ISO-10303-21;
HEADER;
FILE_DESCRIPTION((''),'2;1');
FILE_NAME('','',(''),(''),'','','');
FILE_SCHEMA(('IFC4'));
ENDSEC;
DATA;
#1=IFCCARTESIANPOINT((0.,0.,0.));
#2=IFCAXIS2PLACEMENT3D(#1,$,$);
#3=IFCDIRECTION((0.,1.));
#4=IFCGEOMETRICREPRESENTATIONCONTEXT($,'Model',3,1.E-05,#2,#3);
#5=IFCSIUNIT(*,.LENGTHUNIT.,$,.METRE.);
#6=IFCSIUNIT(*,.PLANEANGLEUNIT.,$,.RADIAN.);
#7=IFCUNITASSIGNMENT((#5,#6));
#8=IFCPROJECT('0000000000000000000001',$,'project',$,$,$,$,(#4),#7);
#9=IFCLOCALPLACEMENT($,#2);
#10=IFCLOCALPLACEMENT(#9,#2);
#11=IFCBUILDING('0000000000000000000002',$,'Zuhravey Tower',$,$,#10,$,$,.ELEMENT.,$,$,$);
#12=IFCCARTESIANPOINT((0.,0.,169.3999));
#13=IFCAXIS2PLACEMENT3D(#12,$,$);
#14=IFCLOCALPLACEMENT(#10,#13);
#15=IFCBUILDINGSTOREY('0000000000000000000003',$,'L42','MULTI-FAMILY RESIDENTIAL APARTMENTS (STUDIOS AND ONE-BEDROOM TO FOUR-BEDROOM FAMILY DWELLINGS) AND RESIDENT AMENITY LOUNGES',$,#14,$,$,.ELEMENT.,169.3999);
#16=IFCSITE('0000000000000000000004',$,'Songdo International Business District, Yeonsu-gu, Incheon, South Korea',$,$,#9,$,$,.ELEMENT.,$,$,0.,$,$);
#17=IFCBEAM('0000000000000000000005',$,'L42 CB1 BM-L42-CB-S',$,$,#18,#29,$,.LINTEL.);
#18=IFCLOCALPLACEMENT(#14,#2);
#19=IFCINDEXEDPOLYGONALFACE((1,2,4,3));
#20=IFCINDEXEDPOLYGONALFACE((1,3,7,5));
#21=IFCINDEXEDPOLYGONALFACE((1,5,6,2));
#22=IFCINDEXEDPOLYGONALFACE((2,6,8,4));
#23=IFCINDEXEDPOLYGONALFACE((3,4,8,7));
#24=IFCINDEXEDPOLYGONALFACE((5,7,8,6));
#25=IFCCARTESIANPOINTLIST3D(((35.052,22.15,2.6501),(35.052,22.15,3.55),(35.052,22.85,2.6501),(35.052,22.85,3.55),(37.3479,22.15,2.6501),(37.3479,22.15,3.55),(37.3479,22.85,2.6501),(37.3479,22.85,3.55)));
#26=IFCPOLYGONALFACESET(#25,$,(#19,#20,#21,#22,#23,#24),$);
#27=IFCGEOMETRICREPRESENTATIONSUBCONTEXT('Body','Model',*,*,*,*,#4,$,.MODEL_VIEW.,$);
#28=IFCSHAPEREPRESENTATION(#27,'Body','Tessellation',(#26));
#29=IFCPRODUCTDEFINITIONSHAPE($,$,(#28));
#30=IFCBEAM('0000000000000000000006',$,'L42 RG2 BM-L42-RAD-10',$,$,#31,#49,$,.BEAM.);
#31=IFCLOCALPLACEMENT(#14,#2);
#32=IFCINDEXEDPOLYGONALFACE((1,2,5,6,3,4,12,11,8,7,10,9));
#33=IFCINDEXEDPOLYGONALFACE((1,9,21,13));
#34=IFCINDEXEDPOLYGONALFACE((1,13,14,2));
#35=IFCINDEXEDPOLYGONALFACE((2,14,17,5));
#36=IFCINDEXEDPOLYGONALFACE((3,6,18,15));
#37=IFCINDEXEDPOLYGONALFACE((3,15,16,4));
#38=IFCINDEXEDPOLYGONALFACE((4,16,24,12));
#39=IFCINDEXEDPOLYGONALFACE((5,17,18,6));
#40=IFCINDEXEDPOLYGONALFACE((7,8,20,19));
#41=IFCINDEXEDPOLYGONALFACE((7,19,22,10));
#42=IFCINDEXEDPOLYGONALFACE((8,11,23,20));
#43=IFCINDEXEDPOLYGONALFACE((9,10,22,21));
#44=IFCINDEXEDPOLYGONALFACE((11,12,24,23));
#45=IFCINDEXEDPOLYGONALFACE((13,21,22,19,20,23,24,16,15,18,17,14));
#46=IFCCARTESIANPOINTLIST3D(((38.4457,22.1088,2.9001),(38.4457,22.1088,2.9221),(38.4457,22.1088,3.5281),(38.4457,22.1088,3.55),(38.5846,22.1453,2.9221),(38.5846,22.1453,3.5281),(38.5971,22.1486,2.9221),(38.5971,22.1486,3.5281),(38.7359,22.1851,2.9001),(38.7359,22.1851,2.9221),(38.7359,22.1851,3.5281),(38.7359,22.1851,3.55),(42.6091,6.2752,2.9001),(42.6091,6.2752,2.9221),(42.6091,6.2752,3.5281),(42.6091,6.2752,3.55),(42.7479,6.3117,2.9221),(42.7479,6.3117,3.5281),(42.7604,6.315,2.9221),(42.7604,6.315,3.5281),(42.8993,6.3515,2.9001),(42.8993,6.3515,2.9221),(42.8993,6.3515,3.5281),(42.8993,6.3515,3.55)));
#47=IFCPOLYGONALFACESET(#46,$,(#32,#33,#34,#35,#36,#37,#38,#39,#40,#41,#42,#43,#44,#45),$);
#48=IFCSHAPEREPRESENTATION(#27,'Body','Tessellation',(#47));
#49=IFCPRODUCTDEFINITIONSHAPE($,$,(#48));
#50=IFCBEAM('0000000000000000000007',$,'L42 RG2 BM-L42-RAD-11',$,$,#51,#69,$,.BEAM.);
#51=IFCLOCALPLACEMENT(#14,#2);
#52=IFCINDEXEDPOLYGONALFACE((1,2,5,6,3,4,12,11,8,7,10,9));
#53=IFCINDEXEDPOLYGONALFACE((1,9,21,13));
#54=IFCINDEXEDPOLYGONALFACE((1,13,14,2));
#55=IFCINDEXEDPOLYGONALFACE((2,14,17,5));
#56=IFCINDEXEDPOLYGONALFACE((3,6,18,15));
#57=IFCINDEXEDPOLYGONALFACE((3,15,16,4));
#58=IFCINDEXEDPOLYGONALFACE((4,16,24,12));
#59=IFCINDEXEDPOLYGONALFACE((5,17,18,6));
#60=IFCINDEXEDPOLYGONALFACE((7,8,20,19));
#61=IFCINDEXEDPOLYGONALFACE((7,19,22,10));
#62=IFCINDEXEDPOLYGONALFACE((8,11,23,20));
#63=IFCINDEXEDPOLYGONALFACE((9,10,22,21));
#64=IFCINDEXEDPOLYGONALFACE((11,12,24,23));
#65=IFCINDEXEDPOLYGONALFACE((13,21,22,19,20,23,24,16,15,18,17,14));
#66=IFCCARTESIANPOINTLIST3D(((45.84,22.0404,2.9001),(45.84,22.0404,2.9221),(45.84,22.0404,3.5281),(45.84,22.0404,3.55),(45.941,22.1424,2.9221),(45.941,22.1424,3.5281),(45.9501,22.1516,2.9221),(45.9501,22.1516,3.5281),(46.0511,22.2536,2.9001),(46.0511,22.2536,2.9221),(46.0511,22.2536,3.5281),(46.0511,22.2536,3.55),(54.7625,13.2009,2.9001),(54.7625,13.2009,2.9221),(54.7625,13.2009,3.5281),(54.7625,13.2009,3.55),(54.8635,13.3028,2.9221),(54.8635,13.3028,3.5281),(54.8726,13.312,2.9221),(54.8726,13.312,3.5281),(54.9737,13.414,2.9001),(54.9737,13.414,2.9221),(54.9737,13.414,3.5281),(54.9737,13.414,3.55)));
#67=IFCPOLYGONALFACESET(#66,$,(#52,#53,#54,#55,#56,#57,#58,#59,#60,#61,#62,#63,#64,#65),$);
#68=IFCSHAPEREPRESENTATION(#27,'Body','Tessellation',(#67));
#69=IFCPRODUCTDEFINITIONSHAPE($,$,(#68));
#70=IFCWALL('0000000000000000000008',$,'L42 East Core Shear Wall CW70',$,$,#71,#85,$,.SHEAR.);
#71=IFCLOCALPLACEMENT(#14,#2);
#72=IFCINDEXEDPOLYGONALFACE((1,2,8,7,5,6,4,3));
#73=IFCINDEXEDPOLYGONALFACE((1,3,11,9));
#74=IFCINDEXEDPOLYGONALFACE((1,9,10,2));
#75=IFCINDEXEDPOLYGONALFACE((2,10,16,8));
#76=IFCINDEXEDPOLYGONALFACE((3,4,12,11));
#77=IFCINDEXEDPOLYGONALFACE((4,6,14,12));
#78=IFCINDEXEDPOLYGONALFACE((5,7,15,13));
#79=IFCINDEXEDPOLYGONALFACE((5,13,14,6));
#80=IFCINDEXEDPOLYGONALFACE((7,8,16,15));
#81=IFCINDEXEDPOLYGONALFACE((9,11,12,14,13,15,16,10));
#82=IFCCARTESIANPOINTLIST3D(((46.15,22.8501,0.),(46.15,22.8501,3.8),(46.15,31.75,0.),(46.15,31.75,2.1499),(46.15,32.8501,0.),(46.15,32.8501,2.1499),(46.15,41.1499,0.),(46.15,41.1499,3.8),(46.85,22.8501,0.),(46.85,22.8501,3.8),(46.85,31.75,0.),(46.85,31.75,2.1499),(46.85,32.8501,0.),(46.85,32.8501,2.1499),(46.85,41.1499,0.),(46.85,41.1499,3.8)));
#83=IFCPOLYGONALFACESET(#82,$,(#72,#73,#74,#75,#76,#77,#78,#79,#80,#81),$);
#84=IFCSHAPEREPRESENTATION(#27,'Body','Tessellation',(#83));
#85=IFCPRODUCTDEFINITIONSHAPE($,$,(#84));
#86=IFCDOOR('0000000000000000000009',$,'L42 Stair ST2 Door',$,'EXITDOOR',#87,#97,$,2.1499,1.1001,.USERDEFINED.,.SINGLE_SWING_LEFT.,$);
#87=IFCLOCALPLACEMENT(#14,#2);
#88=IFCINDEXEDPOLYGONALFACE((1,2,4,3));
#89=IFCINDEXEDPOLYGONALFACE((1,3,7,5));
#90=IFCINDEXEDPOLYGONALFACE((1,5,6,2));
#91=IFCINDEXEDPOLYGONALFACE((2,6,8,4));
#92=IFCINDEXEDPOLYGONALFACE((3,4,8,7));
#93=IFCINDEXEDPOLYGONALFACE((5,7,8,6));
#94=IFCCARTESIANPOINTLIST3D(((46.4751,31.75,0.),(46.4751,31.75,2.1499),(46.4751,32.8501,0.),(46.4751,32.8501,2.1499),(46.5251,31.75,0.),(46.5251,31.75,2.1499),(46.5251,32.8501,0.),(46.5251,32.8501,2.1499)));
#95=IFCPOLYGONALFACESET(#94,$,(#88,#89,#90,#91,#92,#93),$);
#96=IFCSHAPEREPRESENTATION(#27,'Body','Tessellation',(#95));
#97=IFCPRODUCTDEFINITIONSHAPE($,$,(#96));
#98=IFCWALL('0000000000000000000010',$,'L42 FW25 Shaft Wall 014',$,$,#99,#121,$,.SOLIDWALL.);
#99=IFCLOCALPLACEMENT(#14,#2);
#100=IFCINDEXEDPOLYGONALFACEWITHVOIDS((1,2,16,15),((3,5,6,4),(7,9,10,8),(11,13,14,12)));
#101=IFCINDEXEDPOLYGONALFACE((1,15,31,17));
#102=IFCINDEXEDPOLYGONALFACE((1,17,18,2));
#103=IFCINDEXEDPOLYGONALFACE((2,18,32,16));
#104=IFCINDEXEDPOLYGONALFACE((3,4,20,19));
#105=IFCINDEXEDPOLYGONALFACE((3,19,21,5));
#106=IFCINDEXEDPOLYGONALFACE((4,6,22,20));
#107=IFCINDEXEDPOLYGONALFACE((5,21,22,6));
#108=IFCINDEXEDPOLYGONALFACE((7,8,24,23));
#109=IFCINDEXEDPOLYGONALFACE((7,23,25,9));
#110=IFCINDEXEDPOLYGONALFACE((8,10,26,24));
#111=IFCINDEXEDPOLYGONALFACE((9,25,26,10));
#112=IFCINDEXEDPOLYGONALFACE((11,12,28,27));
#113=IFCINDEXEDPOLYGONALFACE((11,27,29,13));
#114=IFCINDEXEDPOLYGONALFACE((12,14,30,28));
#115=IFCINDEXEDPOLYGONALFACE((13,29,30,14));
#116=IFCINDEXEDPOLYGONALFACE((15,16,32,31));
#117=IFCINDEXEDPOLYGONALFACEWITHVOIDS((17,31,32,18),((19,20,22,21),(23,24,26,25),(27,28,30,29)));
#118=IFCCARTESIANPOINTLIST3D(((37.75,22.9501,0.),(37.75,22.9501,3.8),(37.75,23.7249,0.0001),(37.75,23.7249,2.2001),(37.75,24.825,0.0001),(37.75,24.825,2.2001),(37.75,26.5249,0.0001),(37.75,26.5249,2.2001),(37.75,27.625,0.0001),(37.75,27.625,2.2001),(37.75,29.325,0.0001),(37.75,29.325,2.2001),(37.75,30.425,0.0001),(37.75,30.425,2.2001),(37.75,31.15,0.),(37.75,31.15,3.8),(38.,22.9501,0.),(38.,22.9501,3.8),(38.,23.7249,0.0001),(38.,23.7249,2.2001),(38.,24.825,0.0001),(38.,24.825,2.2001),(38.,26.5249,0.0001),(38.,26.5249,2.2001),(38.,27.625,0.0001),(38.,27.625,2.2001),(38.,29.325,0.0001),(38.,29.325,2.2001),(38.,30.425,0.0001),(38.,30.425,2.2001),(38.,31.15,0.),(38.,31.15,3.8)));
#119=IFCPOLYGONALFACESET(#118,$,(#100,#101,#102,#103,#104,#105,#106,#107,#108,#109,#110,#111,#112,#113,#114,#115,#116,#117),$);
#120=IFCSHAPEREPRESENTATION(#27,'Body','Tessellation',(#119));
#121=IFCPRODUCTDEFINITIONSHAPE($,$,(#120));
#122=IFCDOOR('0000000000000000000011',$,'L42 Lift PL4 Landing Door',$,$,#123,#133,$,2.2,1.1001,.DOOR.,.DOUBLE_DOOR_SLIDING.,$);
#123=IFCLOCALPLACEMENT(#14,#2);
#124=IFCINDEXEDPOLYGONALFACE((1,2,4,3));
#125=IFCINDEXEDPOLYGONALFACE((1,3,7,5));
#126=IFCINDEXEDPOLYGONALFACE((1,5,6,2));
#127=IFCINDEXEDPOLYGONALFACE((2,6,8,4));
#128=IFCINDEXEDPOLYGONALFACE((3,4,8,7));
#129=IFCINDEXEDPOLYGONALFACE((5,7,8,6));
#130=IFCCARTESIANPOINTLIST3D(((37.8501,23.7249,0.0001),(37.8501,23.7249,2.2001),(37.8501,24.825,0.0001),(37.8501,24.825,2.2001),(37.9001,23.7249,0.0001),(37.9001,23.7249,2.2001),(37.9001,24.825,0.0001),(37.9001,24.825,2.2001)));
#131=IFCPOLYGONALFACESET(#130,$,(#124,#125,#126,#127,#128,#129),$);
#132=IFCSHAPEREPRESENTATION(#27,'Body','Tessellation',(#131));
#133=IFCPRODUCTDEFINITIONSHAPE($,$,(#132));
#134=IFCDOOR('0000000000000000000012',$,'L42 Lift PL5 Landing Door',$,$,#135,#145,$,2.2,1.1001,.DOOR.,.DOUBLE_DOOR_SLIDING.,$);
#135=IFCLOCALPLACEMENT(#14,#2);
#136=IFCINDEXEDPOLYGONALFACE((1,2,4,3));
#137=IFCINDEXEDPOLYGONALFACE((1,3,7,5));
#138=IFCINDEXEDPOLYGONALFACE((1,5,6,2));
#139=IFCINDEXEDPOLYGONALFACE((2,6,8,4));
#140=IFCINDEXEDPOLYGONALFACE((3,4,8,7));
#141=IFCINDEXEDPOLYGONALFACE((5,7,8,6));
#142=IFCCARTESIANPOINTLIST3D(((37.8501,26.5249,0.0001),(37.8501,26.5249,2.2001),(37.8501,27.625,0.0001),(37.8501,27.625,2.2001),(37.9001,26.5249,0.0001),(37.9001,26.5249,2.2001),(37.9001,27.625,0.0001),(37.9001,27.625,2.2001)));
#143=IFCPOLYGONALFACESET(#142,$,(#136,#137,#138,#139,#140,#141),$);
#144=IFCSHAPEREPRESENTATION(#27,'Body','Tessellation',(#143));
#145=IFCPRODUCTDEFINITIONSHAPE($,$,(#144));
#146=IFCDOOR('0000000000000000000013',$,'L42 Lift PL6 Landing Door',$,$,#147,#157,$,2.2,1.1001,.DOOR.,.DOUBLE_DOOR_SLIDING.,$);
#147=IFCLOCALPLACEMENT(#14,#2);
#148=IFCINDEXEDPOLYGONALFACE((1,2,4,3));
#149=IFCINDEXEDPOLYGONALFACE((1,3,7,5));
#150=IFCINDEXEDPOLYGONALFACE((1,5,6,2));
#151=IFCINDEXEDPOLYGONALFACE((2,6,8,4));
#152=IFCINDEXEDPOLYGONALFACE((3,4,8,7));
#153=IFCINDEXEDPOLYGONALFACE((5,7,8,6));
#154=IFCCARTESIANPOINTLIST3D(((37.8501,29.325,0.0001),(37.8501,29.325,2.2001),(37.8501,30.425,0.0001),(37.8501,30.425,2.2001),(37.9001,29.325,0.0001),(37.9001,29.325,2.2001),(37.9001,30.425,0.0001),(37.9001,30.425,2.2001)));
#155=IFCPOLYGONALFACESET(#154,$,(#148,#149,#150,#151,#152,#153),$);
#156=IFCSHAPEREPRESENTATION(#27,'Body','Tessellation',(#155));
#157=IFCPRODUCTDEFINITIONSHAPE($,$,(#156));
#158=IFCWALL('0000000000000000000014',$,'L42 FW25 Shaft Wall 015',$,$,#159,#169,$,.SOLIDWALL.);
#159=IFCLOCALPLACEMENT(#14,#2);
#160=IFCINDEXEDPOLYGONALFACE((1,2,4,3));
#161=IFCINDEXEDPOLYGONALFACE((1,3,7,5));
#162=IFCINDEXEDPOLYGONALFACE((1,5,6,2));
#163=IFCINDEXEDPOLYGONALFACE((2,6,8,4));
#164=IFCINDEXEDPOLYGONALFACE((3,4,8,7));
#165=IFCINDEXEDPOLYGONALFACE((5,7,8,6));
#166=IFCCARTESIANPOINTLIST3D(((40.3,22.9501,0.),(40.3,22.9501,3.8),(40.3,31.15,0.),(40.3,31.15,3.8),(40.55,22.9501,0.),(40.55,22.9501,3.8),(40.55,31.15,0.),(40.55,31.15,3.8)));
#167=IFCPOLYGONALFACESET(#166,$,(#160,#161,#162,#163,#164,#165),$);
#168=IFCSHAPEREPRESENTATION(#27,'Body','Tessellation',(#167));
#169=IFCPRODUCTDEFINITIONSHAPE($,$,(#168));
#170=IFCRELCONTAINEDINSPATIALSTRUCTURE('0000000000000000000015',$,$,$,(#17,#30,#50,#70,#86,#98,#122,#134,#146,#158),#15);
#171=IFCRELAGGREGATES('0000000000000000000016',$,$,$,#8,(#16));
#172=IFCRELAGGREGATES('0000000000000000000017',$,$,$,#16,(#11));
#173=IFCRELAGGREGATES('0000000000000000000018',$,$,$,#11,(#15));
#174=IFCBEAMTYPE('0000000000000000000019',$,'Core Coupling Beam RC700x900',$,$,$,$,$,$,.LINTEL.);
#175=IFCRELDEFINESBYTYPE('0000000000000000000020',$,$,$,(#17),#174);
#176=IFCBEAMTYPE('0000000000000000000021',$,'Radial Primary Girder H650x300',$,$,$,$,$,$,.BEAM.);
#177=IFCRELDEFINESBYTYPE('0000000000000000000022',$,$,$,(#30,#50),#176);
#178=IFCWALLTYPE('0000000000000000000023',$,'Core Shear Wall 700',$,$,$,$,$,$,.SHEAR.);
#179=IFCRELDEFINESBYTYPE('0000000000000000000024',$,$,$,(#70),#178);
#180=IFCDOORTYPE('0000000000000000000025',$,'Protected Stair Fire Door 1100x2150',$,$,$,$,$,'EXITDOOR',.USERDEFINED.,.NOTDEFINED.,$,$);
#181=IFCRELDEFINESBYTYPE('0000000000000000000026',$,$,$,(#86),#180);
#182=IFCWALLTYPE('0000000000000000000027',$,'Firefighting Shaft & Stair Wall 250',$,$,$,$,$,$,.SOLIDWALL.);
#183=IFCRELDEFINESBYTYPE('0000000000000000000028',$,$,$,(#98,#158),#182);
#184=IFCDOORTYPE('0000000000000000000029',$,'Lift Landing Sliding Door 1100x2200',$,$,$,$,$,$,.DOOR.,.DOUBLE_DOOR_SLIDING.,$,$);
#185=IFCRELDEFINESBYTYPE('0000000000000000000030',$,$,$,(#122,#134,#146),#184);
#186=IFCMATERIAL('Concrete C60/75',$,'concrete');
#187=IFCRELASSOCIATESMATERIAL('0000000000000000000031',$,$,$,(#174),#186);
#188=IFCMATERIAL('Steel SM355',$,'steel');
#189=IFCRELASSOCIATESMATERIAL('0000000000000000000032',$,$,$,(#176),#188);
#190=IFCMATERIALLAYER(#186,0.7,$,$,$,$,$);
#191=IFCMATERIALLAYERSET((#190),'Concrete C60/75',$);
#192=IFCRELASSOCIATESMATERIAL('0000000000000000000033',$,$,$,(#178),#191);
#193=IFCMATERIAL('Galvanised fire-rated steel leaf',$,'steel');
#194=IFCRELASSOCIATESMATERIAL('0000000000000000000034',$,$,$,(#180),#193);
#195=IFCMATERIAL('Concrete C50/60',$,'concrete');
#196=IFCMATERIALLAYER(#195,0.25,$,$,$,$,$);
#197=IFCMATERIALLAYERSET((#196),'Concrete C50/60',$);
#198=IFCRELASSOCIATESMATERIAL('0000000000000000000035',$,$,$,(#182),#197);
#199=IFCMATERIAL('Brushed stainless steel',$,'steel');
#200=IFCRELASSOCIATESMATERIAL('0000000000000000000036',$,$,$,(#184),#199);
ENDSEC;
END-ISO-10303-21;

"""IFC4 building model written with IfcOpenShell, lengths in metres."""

from ifc_helpers import new_model, si_unit, direction, frame, frame_2d, origin, origin_2d, place, context, subcontext, project, spatial, rectangle, i_section, extrude, material, layer, layer_set, material_profile, profile_set, type_object, element, fill, save


model = new_model("IFC4")

# Units and contexts
model_context = context("Model", 3, precision=1e-05, world=origin(), true_north=direction((0.0, 1.0)))
body_context = subcontext(model_context, "Body", "Model", "MODEL_VIEW")
ifc_project = project(units=[si_unit("LENGTHUNIT", "METRE"), si_unit("PLANEANGLEUNIT", "RADIAN")], contexts=[model_context])

# Site, building, storey
site_placement = place(None, origin())
site = spatial("IfcSite", under=ifc_project, at=site_placement, Name="Songdo International Business District, Yeonsu-gu, Incheon, South Korea", CompositionType="ELEMENT", RefElevation=0.0)
building_placement = place(site_placement, origin())
building = spatial("IfcBuilding", under=site, at=building_placement, Name="Zuhravey Tower", CompositionType="ELEMENT")
storey_placement = place(building_placement, frame((0.0, 0.0, 169.3999)))
storey = spatial("IfcBuildingStorey", under=building, at=storey_placement, Name="L42", Description="MULTI-FAMILY RESIDENTIAL APARTMENTS (STUDIOS AND ONE-BEDROOM TO FOUR-BEDROOM FAMILY DWELLINGS) AND RESIDENT AMENITY LOUNGES", CompositionType="ELEMENT", Elevation=169.3999)

# Beams
ifc_material_1 = material(Name="Concrete C60/75", Category="concrete")
ifc_material_profile_1 = material_profile(ifc_material_1, rectangle(XDim=0.7, YDim=0.8999, at=origin_2d()), Name="RC-700x900")
ifc_profile_set_1 = profile_set([ifc_material_profile_1], Name="Concrete C60/75")
beam_type_1 = type_object("IfcBeamType", Name="Core Coupling Beam RC700x900", PredefinedType="LINTEL", material=ifc_profile_set_1)
beam_1_placement = place(storey_placement, frame((35.052, 22.5, 3.1001), z_axis=(1.0, 0.0, 0.0), x_axis=(0.0, 1.0, 0.0)))
element("IfcBeam", 1, at=beam_1_placement, inside=storey, type_object=beam_type_1, Name="L42 CB1 BM-L42-CB-S", PredefinedType="LINTEL", context=body_context, shape_type="SweptSolid", body=[
    extrude(rectangle(XDim=0.7, YDim=0.8999, at=origin_2d()), origin(), (0.0, 0.0, 1.0), 2.2959),
])
ifc_material_2 = material(Name="Steel SM355", Category="steel")
ifc_material_profile_2 = material_profile(ifc_material_2, i_section(OverallWidth=0.3, OverallDepth=0.6499, WebThickness=0.0129, FlangeThickness=0.022, at=origin_2d()), Name="H-650x300x13x22")
ifc_profile_set_2 = profile_set([ifc_material_profile_2], Name="Steel SM355")
beam_type_2 = type_object("IfcBeamType", Name="Radial Primary Girder H650x300", PredefinedType="BEAM", material=ifc_profile_set_2)
beam_2_placement = place(storey_placement, frame((38.5908, 22.147, 3.2251), z_axis=(0.2543, -0.967125, 0.0), x_axis=(0.967125, 0.2543, 0.0)))
element("IfcBeam", 2, at=beam_2_placement, inside=storey, type_object=beam_type_2, Name="L42 RG2 BM-L42-RAD-10", PredefinedType="BEAM", context=body_context, shape_type="SweptSolid", body=[
    extrude(i_section(OverallWidth=0.3, OverallDepth=0.6499, WebThickness=0.0129, FlangeThickness=0.022, at=origin_2d()), origin(), (0.0, 0.0, 1.0), 16.3718),
])
beam_3_placement = place(storey_placement, frame((45.9456, 22.147, 3.2251), z_axis=(0.710404, -0.703795, 0.0), x_axis=(0.703795, 0.710404, 0.0)))
element("IfcBeam", 3, at=beam_3_placement, inside=storey, type_object=beam_type_2, Name="L42 RG2 BM-L42-RAD-11", PredefinedType="BEAM", context=body_context, shape_type="SweptSolid", body=[
    extrude(i_section(OverallWidth=0.3, OverallDepth=0.6499, WebThickness=0.0129, FlangeThickness=0.022, at=origin_2d()), origin(), (0.0, 0.0, 1.0), 12.5598),
])

# Wall, opening, door
ifc_layer_1 = layer(ifc_material_1, 0.7)
ifc_layer_set_1 = layer_set([ifc_layer_1], Name="Concrete C60/75")
wall_type_1 = type_object("IfcWallType", Name="Core Shear Wall 700", PredefinedType="SHEAR", material=ifc_layer_set_1)
ifc_material_3 = material(Name="Galvanised fire-rated steel leaf", Category="steel")
wall_1_placement = place(storey_placement, frame((46.5, 22.8501, 0.0), z_axis=(0.0, 0.0, 1.0), x_axis=(0.0, 1.0, 0.0)))
wall_1 = element("IfcWall", 4, at=wall_1_placement, inside=storey, type_object=wall_type_1, Name="L42 East Core Shear Wall CW70", PredefinedType="SHEAR", context=body_context, shape_type="SweptSolid", body=[
    extrude(rectangle(XDim=18.2998, YDim=0.7, at=frame_2d((9.1499, 0.0))), origin(), (0.0, 0.0, 1.0), 3.8),
])
opening_1_placement = place(wall_1_placement, frame((8.8999, 0.0, 0.0)))
opening_1 = element("IfcOpeningElement", 5, at=opening_1_placement, cuts=wall_1, PredefinedType="OPENING", context=body_context, shape_type="SweptSolid", body=[
    extrude(rectangle(XDim=1.1001, YDim=2.1499, at=frame_2d((0.55, 1.075))), frame((0.0, 0.3621, 0.0), z_axis=(0.0, -1.0, 0.0), x_axis=(1.0, 0.0, 0.0)), (0.0, 0.0, 1.0), 0.7239),
])
door_type_1 = type_object("IfcDoorType", Name="Protected Stair Fire Door 1100x2150", ElementType="EXITDOOR", OperationType="NOTDEFINED", PredefinedType="USERDEFINED", material=ifc_material_3)
door_1_placement = place(opening_1_placement, origin())
door_1 = element("IfcDoor", 6, at=door_1_placement, inside=storey, type_object=door_type_1, Name="L42 Stair ST2 Door", ObjectType="EXITDOOR", OperationType="SINGLE_SWING_LEFT", OverallHeight=2.1499, OverallWidth=1.1001, PredefinedType="USERDEFINED", context=body_context, shape_type="SweptSolid", body=[
    extrude(rectangle(XDim=1.1001, YDim=2.1499, at=frame_2d((0.55, 1.075))), frame((0.0, 0.0249, 0.0), z_axis=(0.0, -1.0, 0.0), x_axis=(1.0, 0.0, 0.0)), (0.0, 0.0, 1.0), 0.05),
])
fill(opening_1, door_1)
ifc_material_4 = material(Name="Concrete C50/60", Category="concrete")
ifc_layer_2 = layer(ifc_material_4, 0.25)
ifc_layer_set_2 = layer_set([ifc_layer_2], Name="Concrete C50/60")
wall_type_2 = type_object("IfcWallType", Name="Firefighting Shaft & Stair Wall 250", PredefinedType="SOLIDWALL", material=ifc_layer_set_2)

# Wall, openings, doors
wall_2_placement = place(storey_placement, frame((37.875, 22.95, 0.0), z_axis=(0.0, 0.0, 1.0), x_axis=(0.0, 1.0, 0.0)))
wall_2 = element("IfcWall", 7, at=wall_2_placement, inside=storey, type_object=wall_type_2, Name="L42 FW25 Shaft Wall 014", PredefinedType="SOLIDWALL", context=body_context, shape_type="SweptSolid", body=[
    extrude(rectangle(XDim=8.2, YDim=0.25, at=frame_2d((4.1001, 0.0))), origin(), (0.0, 0.0, 1.0), 3.8),
])
opening_2_placement = place(wall_2_placement, frame((0.7749, 0.0, 0.0)))
opening_2 = element("IfcOpeningElement", 8, at=opening_2_placement, cuts=wall_2, PredefinedType="OPENING", context=body_context, shape_type="SweptSolid", body=[
    extrude(rectangle(XDim=1.1001, YDim=2.2, at=frame_2d((0.55, 1.1001))), frame((0.0, 0.137, 0.0), z_axis=(0.0, -1.0, 0.0), x_axis=(1.0, 0.0, 0.0)), (0.0, 0.0, 1.0), 0.2739),
])
opening_3_placement = place(wall_2_placement, frame((3.575, 0.0, 0.0)))
opening_3 = element("IfcOpeningElement", 9, at=opening_3_placement, cuts=wall_2, PredefinedType="OPENING", context=body_context, shape_type="SweptSolid", body=[
    extrude(rectangle(XDim=1.1001, YDim=2.2, at=frame_2d((0.55, 1.1001))), frame((0.0, 0.137, 0.0), z_axis=(0.0, -1.0, 0.0), x_axis=(1.0, 0.0, 0.0)), (0.0, 0.0, 1.0), 0.2739),
])
opening_4_placement = place(wall_2_placement, frame((6.375, 0.0, 0.0)))
opening_4 = element("IfcOpeningElement", 10, at=opening_4_placement, cuts=wall_2, PredefinedType="OPENING", context=body_context, shape_type="SweptSolid", body=[
    extrude(rectangle(XDim=1.1001, YDim=2.2, at=frame_2d((0.55, 1.1001))), frame((0.0, 0.137, 0.0), z_axis=(0.0, -1.0, 0.0), x_axis=(1.0, 0.0, 0.0)), (0.0, 0.0, 1.0), 0.2739),
])
ifc_material_5 = material(Name="Brushed stainless steel", Category="steel")
door_type_2 = type_object("IfcDoorType", Name="Lift Landing Sliding Door 1100x2200", OperationType="DOUBLE_DOOR_SLIDING", PredefinedType="DOOR", material=ifc_material_5)
door_2_placement = place(opening_2_placement, origin())
door_2 = element("IfcDoor", 11, at=door_2_placement, inside=storey, type_object=door_type_2, Name="L42 Lift PL4 Landing Door", OperationType="DOUBLE_DOOR_SLIDING", OverallHeight=2.2, OverallWidth=1.1001, PredefinedType="DOOR", context=body_context, shape_type="SweptSolid", body=[
    extrude(rectangle(XDim=1.1001, YDim=2.2, at=frame_2d((0.55, 1.1001))), frame((0.0, 0.0249, 0.0), z_axis=(0.0, -1.0, 0.0), x_axis=(1.0, 0.0, 0.0)), (0.0, 0.0, 1.0), 0.05),
])
fill(opening_2, door_2)
door_3_placement = place(opening_3_placement, origin())
door_3 = element("IfcDoor", 12, at=door_3_placement, inside=storey, type_object=door_type_2, Name="L42 Lift PL5 Landing Door", OperationType="DOUBLE_DOOR_SLIDING", OverallHeight=2.2, OverallWidth=1.1001, PredefinedType="DOOR", context=body_context, shape_type="SweptSolid", body=[
    extrude(rectangle(XDim=1.1001, YDim=2.2, at=frame_2d((0.55, 1.1001))), frame((0.0, 0.0249, 0.0), z_axis=(0.0, -1.0, 0.0), x_axis=(1.0, 0.0, 0.0)), (0.0, 0.0, 1.0), 0.05),
])
fill(opening_3, door_3)
door_4_placement = place(opening_4_placement, origin())
door_4 = element("IfcDoor", 13, at=door_4_placement, inside=storey, type_object=door_type_2, Name="L42 Lift PL6 Landing Door", OperationType="DOUBLE_DOOR_SLIDING", OverallHeight=2.2, OverallWidth=1.1001, PredefinedType="DOOR", context=body_context, shape_type="SweptSolid", body=[
    extrude(rectangle(XDim=1.1001, YDim=2.2, at=frame_2d((0.55, 1.1001))), frame((0.0, 0.0249, 0.0), z_axis=(0.0, -1.0, 0.0), x_axis=(1.0, 0.0, 0.0)), (0.0, 0.0, 1.0), 0.05),
])
fill(opening_4, door_4)

# Wall
wall_3_placement = place(storey_placement, frame((40.425, 22.95, 0.0), z_axis=(0.0, 0.0, 1.0), x_axis=(0.0, 1.0, 0.0)))
element("IfcWall", 14, at=wall_3_placement, inside=storey, type_object=wall_type_2, Name="L42 FW25 Shaft Wall 015", PredefinedType="SOLIDWALL", context=body_context, shape_type="SweptSolid", body=[
    extrude(rectangle(XDim=8.2, YDim=0.25, at=frame_2d((4.1001, 0.0))), origin(), (0.0, 0.0, 1.0), 3.8),
])

save(model, "model.ifc")
